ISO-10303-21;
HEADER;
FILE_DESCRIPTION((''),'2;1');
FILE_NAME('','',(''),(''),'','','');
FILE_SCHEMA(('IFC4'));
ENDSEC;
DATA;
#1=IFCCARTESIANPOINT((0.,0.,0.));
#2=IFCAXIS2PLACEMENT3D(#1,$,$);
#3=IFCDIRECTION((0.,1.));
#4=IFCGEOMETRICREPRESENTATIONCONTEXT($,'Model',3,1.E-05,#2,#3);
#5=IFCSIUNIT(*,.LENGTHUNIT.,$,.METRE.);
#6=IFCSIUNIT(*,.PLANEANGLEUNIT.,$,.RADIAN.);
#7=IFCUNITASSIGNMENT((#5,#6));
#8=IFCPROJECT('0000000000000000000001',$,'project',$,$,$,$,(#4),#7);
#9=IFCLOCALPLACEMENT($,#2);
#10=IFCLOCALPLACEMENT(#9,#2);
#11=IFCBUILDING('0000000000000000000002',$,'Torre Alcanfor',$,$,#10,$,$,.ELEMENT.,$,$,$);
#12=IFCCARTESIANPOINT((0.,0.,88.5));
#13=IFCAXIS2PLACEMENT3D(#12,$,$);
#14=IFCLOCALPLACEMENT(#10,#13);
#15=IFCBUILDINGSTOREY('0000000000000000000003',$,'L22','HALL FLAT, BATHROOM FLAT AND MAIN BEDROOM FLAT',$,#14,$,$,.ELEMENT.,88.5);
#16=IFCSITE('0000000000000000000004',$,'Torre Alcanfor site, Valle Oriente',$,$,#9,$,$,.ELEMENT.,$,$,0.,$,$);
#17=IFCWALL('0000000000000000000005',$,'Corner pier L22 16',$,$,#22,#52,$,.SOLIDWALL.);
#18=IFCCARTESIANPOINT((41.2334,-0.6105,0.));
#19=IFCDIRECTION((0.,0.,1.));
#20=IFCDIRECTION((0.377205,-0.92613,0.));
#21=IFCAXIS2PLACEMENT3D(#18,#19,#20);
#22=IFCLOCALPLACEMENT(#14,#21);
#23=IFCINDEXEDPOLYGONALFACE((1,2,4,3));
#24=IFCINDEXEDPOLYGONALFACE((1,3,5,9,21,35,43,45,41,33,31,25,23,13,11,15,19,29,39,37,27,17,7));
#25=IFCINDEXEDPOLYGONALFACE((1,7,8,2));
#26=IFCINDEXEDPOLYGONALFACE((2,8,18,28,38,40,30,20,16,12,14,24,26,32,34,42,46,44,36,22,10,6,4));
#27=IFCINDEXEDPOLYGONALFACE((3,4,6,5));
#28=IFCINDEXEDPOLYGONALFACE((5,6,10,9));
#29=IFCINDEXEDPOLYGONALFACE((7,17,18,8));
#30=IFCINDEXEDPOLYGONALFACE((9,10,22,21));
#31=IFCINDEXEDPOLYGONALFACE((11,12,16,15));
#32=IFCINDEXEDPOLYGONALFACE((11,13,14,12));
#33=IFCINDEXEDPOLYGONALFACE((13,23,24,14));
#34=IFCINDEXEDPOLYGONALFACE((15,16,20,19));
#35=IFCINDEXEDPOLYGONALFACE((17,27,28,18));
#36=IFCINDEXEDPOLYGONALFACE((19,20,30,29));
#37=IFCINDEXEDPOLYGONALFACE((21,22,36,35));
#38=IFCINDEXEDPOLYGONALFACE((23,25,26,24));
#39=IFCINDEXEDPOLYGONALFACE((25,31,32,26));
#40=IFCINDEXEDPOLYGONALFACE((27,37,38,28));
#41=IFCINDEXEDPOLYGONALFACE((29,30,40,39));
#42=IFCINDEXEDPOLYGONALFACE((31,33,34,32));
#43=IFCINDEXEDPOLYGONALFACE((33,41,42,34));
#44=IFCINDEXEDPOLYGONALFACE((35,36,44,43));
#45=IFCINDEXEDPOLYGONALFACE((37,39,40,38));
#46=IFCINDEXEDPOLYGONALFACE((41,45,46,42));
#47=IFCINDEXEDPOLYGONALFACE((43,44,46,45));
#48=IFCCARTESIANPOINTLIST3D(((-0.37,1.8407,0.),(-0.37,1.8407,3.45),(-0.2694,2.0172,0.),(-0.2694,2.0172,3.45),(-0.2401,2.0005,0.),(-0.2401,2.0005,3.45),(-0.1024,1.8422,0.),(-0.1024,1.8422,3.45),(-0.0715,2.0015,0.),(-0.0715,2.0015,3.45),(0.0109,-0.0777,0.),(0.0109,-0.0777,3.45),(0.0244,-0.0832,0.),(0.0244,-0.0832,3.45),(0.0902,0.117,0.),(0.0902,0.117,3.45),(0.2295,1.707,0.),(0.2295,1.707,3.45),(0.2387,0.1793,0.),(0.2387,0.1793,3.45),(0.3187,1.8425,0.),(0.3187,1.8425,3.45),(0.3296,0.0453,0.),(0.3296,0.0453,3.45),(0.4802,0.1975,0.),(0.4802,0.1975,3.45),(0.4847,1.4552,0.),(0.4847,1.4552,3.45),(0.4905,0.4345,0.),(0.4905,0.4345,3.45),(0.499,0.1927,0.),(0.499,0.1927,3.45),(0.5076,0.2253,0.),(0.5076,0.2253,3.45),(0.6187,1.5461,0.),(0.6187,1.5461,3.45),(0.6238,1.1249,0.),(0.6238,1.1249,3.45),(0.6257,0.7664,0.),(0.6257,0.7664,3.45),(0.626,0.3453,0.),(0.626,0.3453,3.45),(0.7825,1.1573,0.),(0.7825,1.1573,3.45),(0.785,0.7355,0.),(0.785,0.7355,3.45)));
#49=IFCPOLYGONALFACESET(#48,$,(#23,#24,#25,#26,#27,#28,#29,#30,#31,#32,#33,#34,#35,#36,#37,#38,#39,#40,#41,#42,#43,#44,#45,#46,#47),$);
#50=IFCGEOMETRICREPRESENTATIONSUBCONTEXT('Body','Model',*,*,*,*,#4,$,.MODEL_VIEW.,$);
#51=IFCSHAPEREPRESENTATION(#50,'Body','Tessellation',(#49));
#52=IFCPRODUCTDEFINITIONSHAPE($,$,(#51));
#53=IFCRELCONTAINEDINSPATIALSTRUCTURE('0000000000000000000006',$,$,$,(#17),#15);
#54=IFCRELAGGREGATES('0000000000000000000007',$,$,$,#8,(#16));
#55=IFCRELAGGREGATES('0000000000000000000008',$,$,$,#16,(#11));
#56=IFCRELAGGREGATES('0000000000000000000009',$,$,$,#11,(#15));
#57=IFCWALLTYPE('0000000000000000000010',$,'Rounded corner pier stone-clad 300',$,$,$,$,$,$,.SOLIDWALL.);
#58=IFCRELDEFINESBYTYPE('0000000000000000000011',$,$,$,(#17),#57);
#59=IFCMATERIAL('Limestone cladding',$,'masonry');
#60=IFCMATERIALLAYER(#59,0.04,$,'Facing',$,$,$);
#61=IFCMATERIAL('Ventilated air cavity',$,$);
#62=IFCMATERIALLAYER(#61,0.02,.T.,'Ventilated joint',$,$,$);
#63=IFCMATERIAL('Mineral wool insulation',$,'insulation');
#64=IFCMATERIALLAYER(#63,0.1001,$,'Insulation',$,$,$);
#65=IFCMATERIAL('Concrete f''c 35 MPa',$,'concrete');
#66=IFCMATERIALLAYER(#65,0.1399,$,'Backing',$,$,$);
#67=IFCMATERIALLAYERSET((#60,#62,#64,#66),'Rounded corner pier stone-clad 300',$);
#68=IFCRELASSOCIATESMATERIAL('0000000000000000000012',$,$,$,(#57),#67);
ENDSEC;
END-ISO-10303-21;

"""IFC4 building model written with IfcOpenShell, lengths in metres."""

from ifc_helpers import new_model, si_unit, direction, frame, origin, place, context, subcontext, project, spatial, polyline, outline, extrude, material, layer, layer_set, type_object, element, save


model = new_model("IFC4")

# Units and contexts
model_context = context("Model", 3, precision=1e-05, world=origin(), true_north=direction((0.0, 1.0)))
body_context = subcontext(model_context, "Body", "Model", "MODEL_VIEW")
ifc_project = project(units=[si_unit("LENGTHUNIT", "METRE"), si_unit("PLANEANGLEUNIT", "RADIAN")], contexts=[model_context])

# Site, building, storey
site_placement = place(None, origin())
site = spatial("IfcSite", under=ifc_project, at=site_placement, Name="Torre Alcanfor site, Valle Oriente", CompositionType="ELEMENT", RefElevation=0.0)
building_placement = place(site_placement, origin())
building = spatial("IfcBuilding", under=site, at=building_placement, Name="Torre Alcanfor", CompositionType="ELEMENT")
storey_placement = place(building_placement, frame((0.0, 0.0, 88.5)))
storey = spatial("IfcBuildingStorey", under=building, at=storey_placement, Name="L22", Description="HALL FLAT, BATHROOM FLAT AND MAIN BEDROOM FLAT", CompositionType="ELEMENT", Elevation=88.5)

# Wall
ifc_material_1 = material(Name="Limestone cladding", Category="masonry")
ifc_layer_1 = layer(ifc_material_1, 0.04, Name="Facing")
ifc_material_2 = material(Name="Ventilated air cavity")
ifc_layer_2 = layer(ifc_material_2, 0.02, ventilated=True, Name="Ventilated joint")
ifc_material_3 = material(Name="Mineral wool insulation", Category="insulation")
ifc_layer_3 = layer(ifc_material_3, 0.1001, Name="Insulation")
ifc_material_4 = material(Name="Concrete f'c 35 MPa", Category="concrete")
ifc_layer_4 = layer(ifc_material_4, 0.1399, Name="Backing")
ifc_layer_set_1 = layer_set([ifc_layer_1, ifc_layer_2, ifc_layer_3, ifc_layer_4], Name="Rounded corner pier stone-clad 300")
wall_type_1 = type_object("IfcWallType", Name="Rounded corner pier stone-clad 300", PredefinedType="SOLIDWALL", material=ifc_layer_set_1)
wall_1_placement = place(storey_placement, frame((41.2334, -0.6105, 0.0), z_axis=(0.0, 0.0, 1.0), x_axis=(0.377205, -0.92613, 0.0)))
element("IfcWall", 1, at=wall_1_placement, inside=storey, type_object=wall_type_1, Name="Corner pier L22 16", PredefinedType="SOLIDWALL", context=body_context, shape_type="SweptSolid", body=[
    extrude(outline(polyline([(0.3187, 1.8425), (-0.0715, 2.0015), (-0.2401, 2.0005), (-0.2694, 2.0172), (-0.37, 1.8407), (-0.1024, 1.8422), (0.2295, 1.707), (0.4847, 1.4552), (0.6238, 1.1249), (0.6257, 0.7664), (0.4905, 0.4345), (0.2387, 0.1793), (0.0902, 0.117), (0.0109, -0.0777), (0.0244, -0.0832), (0.3296, 0.0453), (0.4802, 0.1975), (0.499, 0.1927), (0.5076, 0.2253), (0.626, 0.3453), (0.785, 0.7355), (0.7825, 1.1573), (0.6187, 1.5461), (0.3187, 1.8425)])), origin(), (0.0, 0.0, 1.0), 3.45),
])

save(model, "model.ifc")
